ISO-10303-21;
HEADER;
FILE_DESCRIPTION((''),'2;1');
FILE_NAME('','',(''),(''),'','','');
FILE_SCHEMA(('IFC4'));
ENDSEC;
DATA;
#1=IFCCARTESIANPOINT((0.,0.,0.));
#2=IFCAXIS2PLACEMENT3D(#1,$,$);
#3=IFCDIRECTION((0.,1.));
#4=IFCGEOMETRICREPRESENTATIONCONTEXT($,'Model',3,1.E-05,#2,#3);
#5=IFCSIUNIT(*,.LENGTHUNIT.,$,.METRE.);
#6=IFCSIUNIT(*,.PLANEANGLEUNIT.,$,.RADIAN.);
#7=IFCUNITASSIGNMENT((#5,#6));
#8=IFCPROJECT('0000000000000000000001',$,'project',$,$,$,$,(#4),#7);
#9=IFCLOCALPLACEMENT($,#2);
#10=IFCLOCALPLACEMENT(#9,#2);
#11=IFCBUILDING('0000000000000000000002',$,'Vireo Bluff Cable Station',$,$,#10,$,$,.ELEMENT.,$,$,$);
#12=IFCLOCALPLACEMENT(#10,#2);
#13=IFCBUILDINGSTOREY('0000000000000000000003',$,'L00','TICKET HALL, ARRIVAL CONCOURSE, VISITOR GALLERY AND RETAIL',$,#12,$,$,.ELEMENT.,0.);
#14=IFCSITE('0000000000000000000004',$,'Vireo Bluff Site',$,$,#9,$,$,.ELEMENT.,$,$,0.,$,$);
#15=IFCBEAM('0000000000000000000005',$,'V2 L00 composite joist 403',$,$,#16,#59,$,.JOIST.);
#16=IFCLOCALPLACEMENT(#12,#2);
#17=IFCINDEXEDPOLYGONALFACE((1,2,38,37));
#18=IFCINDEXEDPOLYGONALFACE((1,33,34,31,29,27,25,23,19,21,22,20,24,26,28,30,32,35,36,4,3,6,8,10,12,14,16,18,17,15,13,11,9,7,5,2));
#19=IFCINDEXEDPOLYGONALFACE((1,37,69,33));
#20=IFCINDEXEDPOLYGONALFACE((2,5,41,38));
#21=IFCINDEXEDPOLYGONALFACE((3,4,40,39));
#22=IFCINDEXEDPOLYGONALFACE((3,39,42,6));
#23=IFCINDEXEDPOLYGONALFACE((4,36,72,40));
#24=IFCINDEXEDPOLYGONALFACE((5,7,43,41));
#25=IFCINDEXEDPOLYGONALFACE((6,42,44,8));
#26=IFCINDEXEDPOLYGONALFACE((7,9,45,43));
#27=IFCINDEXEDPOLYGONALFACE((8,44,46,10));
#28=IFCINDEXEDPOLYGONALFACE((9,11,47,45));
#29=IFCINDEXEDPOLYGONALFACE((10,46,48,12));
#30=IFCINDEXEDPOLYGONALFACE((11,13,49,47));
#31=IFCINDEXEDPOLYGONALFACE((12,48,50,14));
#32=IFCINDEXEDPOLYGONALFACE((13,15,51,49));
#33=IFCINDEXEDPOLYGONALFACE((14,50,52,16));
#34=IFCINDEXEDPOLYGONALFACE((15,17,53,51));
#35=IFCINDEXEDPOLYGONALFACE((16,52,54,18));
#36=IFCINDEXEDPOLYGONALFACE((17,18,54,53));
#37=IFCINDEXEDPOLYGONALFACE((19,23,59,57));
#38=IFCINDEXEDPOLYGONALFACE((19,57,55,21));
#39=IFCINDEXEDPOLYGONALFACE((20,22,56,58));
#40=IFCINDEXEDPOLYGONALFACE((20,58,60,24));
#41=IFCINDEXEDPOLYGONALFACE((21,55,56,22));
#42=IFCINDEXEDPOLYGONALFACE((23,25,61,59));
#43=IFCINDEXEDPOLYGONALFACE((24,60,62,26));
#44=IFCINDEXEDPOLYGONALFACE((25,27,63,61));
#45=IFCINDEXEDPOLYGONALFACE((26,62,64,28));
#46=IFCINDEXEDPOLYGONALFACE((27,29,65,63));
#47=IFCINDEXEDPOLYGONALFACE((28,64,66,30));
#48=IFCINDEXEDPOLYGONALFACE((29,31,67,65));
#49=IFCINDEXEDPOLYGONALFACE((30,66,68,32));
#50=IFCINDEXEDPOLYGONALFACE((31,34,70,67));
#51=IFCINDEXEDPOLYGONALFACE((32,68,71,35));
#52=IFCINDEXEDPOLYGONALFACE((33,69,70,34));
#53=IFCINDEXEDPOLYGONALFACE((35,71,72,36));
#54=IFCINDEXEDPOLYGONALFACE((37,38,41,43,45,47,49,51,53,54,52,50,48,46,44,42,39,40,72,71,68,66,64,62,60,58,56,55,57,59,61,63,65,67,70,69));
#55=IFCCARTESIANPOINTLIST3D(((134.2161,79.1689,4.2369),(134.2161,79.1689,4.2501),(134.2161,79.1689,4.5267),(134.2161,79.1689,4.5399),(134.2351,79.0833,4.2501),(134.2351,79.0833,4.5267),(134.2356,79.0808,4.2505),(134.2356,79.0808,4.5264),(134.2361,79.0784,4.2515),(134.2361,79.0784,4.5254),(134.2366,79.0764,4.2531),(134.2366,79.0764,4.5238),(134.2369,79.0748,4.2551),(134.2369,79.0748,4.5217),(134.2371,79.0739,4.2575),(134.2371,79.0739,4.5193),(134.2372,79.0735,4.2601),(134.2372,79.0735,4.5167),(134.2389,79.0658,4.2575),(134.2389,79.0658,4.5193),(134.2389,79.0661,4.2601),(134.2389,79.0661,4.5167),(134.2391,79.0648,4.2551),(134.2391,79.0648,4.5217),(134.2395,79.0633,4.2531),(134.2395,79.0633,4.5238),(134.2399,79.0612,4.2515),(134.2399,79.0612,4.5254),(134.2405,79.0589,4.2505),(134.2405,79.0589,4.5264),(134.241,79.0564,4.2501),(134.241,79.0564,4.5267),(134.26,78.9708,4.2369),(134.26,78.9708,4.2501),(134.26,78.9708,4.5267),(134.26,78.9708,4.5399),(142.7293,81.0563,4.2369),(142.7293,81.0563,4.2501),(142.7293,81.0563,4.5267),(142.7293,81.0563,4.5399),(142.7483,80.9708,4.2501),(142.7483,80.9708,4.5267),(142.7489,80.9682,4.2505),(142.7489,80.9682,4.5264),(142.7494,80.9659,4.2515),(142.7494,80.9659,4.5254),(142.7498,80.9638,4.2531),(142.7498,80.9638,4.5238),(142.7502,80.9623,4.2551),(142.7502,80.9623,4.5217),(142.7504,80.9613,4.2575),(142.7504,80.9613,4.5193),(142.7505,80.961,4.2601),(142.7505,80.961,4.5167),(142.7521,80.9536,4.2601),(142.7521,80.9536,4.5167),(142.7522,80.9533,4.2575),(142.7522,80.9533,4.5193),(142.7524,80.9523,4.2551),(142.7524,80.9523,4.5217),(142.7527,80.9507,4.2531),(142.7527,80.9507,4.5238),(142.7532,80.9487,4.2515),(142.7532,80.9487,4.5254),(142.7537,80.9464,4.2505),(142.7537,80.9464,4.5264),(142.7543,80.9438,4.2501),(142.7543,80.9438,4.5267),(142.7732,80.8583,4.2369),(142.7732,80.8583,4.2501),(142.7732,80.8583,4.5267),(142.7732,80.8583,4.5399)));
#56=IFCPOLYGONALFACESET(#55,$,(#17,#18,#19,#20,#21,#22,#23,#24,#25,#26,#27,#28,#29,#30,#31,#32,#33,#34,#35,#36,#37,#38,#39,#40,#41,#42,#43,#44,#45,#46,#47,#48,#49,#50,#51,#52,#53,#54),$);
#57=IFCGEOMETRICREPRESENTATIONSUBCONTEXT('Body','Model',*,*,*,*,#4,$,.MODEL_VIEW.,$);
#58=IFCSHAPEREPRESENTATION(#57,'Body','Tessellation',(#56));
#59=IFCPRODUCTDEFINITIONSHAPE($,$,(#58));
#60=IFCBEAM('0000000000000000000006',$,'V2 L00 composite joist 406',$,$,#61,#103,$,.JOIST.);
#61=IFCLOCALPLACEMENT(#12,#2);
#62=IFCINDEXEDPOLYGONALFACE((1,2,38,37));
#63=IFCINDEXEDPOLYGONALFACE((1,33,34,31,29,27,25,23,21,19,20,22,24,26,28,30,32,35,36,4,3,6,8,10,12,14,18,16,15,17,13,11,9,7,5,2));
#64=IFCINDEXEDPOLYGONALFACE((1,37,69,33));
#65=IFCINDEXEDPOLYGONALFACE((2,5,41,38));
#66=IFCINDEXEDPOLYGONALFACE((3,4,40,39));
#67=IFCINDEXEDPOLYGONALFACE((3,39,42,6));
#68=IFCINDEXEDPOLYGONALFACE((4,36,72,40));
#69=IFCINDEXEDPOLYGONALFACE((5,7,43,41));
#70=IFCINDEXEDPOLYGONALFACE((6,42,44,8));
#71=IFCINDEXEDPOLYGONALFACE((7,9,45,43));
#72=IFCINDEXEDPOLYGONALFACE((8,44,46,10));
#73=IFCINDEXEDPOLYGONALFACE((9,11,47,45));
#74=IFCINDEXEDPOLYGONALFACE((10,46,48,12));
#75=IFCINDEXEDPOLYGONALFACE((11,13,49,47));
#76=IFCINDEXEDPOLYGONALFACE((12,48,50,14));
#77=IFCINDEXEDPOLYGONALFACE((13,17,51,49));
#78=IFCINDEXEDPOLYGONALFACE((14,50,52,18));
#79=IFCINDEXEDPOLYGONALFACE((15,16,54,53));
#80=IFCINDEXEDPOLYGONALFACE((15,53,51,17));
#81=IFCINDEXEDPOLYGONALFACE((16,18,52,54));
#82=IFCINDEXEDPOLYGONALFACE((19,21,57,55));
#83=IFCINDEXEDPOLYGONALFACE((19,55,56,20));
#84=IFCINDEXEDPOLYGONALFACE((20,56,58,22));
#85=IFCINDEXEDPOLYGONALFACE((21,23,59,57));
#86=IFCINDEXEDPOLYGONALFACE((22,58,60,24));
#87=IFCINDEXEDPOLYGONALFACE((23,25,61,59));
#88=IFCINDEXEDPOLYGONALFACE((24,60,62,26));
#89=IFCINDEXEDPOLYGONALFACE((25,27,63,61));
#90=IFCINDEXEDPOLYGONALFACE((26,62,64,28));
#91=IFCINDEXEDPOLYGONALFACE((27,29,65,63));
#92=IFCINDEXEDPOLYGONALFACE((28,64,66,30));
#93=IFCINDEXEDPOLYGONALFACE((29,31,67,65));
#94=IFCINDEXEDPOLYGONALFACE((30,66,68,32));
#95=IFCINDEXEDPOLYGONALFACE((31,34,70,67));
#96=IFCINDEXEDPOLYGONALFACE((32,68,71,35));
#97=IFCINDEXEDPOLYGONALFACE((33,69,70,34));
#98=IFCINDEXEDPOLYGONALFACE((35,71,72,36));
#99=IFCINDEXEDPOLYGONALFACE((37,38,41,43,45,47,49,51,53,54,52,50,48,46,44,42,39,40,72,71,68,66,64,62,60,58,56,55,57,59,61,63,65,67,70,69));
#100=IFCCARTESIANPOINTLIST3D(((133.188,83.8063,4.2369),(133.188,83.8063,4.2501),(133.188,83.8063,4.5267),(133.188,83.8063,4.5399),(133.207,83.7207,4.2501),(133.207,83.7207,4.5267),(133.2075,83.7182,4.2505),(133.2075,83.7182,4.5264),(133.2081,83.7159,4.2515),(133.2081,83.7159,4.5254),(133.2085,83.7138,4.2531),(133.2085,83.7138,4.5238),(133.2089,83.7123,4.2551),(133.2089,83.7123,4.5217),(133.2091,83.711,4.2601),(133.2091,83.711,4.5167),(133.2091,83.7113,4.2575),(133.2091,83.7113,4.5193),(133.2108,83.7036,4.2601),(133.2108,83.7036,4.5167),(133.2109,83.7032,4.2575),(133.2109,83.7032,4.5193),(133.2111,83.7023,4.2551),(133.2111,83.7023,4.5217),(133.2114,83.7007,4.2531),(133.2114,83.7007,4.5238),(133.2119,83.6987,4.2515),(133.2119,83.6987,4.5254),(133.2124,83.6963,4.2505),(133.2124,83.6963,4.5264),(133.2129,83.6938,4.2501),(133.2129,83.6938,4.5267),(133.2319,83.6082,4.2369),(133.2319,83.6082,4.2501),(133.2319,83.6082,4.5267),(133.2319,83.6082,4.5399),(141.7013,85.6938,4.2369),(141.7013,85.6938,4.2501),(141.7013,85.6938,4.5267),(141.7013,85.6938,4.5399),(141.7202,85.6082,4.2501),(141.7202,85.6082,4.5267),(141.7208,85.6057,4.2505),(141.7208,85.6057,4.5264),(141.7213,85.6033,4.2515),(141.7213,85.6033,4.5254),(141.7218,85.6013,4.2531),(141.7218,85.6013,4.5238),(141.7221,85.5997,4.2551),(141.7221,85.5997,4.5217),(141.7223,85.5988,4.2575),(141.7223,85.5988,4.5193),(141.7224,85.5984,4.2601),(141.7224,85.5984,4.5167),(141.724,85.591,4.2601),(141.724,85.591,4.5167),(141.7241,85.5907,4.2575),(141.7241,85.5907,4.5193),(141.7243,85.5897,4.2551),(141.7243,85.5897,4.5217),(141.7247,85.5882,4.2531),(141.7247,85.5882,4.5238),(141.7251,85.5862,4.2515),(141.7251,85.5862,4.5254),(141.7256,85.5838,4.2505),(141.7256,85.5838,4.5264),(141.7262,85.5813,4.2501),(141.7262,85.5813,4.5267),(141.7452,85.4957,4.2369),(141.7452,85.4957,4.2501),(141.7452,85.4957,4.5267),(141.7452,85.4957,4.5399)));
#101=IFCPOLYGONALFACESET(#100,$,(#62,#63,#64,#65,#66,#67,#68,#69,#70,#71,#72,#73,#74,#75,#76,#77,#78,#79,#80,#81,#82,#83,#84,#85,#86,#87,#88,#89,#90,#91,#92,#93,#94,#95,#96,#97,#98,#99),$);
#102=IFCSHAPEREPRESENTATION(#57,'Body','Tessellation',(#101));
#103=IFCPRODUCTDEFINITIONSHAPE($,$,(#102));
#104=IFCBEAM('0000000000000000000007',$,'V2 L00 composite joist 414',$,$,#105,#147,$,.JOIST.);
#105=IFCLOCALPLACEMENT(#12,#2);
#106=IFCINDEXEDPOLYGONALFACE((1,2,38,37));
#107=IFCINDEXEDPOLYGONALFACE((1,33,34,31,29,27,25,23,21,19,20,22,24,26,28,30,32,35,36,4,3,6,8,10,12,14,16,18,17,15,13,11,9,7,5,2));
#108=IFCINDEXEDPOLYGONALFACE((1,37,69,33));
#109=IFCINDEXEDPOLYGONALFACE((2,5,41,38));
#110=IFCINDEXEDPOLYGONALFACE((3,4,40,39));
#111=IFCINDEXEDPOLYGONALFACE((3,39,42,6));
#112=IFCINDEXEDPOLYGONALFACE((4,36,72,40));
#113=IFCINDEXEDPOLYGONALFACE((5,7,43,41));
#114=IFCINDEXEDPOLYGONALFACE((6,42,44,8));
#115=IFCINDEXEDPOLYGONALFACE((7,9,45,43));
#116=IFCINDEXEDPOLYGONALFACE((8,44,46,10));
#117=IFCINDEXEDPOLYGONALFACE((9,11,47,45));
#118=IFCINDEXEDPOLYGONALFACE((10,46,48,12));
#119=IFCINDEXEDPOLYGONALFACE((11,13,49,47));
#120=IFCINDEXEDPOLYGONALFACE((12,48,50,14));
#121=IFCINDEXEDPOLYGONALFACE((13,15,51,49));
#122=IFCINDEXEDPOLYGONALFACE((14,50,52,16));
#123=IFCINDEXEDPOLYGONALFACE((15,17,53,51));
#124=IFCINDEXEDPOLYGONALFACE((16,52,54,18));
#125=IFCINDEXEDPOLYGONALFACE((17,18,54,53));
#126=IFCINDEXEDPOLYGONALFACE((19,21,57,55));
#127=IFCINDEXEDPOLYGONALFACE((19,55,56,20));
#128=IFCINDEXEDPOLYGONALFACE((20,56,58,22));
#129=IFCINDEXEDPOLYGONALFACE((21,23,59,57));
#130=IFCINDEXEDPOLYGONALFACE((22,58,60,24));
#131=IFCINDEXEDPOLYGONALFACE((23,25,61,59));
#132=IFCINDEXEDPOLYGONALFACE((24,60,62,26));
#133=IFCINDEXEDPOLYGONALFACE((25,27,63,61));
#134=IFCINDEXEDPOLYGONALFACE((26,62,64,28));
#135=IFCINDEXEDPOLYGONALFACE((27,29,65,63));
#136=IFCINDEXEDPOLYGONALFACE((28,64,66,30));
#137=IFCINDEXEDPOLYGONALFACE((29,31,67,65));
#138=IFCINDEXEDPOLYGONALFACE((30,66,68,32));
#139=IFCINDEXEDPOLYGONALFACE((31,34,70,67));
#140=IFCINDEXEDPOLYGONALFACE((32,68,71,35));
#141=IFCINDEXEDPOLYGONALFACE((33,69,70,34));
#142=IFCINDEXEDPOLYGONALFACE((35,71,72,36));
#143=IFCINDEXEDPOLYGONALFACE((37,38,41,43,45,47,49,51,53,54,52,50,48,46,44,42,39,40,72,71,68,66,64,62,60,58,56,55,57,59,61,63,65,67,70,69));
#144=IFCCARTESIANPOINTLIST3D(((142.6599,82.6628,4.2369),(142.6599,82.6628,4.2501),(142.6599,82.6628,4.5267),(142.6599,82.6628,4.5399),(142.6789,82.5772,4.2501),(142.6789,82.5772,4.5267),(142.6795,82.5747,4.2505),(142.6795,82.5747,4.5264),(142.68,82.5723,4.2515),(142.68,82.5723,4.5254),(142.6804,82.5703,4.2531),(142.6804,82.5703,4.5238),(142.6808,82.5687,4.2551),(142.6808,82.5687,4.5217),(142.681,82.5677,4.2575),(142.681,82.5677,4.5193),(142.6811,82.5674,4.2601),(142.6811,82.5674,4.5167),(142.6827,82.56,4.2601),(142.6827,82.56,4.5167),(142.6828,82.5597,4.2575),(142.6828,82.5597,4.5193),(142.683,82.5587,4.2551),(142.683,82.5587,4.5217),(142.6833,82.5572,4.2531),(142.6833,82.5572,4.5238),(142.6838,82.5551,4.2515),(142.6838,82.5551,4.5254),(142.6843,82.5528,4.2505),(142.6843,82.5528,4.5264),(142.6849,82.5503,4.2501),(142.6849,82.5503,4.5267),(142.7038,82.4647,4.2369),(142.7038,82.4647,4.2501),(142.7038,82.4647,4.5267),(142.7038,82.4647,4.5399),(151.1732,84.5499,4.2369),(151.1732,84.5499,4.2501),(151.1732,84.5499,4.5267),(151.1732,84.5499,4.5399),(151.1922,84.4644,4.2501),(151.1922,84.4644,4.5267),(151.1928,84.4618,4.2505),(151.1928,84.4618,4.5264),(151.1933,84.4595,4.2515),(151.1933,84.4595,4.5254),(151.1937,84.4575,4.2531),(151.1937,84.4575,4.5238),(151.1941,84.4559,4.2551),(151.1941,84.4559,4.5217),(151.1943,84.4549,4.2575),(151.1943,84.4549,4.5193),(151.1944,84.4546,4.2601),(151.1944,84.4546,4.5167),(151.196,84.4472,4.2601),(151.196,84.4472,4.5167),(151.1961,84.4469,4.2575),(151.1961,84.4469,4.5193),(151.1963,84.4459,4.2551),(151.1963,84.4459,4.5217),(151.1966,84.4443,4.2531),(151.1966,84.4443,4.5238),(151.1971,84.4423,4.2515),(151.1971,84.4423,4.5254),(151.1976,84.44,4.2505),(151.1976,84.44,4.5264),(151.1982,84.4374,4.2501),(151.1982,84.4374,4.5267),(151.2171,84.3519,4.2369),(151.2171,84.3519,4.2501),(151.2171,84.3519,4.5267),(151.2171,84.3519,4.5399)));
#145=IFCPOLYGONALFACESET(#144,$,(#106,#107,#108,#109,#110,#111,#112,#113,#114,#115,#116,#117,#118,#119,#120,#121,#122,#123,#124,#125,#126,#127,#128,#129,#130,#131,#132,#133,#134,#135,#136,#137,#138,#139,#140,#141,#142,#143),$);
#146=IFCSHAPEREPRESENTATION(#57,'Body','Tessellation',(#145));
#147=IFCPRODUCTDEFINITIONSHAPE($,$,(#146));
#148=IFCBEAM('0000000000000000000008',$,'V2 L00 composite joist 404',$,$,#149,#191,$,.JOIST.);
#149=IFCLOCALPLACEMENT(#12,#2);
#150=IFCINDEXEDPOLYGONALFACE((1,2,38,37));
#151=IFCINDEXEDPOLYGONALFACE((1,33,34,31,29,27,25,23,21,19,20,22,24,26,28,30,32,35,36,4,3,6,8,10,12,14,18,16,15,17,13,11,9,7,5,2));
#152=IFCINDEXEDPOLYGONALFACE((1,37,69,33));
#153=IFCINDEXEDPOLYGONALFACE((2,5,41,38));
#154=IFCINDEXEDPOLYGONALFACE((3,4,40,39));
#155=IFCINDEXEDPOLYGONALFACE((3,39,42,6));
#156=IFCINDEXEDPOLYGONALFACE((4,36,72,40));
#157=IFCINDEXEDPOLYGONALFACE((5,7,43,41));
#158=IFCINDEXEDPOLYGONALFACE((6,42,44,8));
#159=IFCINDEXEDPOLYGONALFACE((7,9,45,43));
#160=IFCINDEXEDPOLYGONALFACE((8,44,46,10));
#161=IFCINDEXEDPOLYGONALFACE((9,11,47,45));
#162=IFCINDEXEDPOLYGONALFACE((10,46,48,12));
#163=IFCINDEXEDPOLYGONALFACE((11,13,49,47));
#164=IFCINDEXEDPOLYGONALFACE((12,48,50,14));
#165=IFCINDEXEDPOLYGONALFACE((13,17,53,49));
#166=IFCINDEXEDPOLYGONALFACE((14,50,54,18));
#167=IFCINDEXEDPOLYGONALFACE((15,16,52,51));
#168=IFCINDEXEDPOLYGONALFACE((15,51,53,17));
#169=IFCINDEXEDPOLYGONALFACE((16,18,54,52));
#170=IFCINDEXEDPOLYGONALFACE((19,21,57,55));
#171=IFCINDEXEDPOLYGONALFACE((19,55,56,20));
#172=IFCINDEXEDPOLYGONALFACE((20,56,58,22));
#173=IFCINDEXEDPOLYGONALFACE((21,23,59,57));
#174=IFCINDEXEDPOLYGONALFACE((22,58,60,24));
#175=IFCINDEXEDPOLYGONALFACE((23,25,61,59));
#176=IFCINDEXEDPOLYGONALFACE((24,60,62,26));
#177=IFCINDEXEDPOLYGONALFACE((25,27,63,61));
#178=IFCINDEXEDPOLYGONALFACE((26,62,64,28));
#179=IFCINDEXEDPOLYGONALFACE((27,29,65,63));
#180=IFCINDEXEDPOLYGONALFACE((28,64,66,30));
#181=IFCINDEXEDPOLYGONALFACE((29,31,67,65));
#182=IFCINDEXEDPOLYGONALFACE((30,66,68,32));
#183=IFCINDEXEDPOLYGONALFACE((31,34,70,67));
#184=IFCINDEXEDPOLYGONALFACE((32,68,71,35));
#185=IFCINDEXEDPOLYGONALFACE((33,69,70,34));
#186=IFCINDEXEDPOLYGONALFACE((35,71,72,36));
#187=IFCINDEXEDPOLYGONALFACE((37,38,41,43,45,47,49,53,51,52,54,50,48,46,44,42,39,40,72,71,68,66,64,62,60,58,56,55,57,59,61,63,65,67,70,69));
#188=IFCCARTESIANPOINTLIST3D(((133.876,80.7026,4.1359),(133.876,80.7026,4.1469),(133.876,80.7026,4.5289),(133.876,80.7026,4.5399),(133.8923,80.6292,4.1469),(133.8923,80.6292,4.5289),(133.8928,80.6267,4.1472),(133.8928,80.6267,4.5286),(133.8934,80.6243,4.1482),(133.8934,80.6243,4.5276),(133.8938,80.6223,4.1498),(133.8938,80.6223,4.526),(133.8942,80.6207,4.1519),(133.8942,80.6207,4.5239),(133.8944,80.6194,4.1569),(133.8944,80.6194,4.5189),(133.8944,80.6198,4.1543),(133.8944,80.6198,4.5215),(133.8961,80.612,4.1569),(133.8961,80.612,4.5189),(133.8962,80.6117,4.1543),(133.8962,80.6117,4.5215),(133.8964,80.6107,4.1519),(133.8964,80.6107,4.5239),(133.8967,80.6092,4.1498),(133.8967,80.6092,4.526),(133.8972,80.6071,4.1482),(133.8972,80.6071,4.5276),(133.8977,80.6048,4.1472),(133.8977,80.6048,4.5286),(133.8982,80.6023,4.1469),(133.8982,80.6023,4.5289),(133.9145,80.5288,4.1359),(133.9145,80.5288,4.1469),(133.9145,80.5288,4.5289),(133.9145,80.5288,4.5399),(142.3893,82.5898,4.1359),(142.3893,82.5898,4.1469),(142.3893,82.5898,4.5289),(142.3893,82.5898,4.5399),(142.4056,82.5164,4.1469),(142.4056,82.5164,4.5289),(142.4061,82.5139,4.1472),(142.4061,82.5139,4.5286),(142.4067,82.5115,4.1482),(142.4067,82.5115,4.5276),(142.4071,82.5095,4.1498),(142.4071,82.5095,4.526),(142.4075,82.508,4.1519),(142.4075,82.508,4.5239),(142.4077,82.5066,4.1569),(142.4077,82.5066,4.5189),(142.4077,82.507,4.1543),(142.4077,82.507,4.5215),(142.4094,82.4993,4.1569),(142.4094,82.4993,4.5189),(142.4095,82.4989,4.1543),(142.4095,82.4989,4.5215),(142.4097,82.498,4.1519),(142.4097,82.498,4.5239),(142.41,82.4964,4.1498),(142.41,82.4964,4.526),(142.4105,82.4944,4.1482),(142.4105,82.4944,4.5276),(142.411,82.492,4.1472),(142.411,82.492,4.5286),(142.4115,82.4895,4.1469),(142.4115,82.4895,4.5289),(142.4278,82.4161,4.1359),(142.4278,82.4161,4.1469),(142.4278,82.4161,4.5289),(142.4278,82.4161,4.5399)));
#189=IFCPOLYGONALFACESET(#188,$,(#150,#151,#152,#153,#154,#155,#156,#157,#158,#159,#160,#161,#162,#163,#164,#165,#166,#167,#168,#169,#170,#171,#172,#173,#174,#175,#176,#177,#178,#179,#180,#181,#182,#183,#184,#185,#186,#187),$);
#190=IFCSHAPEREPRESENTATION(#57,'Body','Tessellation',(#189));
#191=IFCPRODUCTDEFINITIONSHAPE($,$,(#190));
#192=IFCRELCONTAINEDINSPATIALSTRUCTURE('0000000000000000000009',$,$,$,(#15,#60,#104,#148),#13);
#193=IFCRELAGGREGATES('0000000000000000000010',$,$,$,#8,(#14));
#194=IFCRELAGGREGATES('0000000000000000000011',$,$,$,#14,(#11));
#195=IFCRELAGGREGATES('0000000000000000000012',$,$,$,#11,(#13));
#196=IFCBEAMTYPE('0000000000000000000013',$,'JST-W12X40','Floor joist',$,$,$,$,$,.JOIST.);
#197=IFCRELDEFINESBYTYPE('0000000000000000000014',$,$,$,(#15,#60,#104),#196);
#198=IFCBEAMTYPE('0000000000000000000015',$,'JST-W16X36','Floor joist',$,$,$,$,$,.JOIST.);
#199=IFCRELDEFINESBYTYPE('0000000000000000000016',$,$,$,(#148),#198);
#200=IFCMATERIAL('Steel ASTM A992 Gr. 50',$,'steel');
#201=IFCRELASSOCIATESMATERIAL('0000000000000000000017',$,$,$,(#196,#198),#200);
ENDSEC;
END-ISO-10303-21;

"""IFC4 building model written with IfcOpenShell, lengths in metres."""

from ifc_helpers import new_model, si_unit, direction, frame, origin, origin_2d, place, context, subcontext, project, spatial, i_section, extrude, material, material_profile, profile_set, type_object, element, save


model = new_model("IFC4")

# Units and contexts
model_context = context("Model", 3, precision=1e-05, world=origin(), true_north=direction((0.0, 1.0)))
body_context = subcontext(model_context, "Body", "Model", "MODEL_VIEW")
ifc_project = project(units=[si_unit("LENGTHUNIT", "METRE"), si_unit("PLANEANGLEUNIT", "RADIAN")], contexts=[model_context])

# Site, building, storey
site_placement = place(None, origin())
site = spatial("IfcSite", under=ifc_project, at=site_placement, Name="Vireo Bluff Site", CompositionType="ELEMENT", RefElevation=0.0)
building_placement = place(site_placement, origin())
building = spatial("IfcBuilding", under=site, at=building_placement, Name="Vireo Bluff Cable Station", CompositionType="ELEMENT")
storey_placement = place(building_placement, origin())
storey = spatial("IfcBuildingStorey", under=building, at=storey_placement, Name="L00", Description="TICKET HALL, ARRIVAL CONCOURSE, VISITOR GALLERY AND RETAIL", CompositionType="ELEMENT", Elevation=0.0)

# Shared definitions
ifc_material_1 = material(Name="Steel ASTM A992 Gr. 50", Category="steel")

# Beams
ifc_material_profile_1 = material_profile(ifc_material_1, i_section(OverallWidth=0.2029, OverallDepth=0.303, WebThickness=0.0076, FlangeThickness=0.0132, FilletRadius=0.01, at=origin_2d()), Name="W12X40")
ifc_profile_set_1 = profile_set([ifc_material_profile_1], Name="Steel ASTM A992 Gr. 50")
beam_type_1 = type_object("IfcBeamType", Name="JST-W12X40", Description="Floor joist", PredefinedType="JOIST", material=ifc_profile_set_1)
for number, where, z_axis, x_axis, name in (
    (1, (134.238, 79.0698, 4.3884), (0.976293, 0.216453, 0.0), (-0.216453, 0.976293, 0.0), "V2 L00 composite joist 403"),
    (2, (133.21, 83.7073, 4.3884), (0.976293, 0.216453, 0.0), (-0.216453, 0.976293, 0.0), "V2 L00 composite joist 406"),
    (3, (142.6819, 82.5637, 4.3884), (0.9763, 0.216421, 0.0), (-0.216421, 0.9763, 0.0), "V2 L00 composite joist 414"),
):
    element("IfcBeam", number, at=place(storey_placement, frame(where, z_axis=z_axis, x_axis=x_axis)), inside=storey, type_object=beam_type_1, Name=name, PredefinedType="JOIST", context=body_context, shape_type="SweptSolid", body=[
        extrude(i_section(OverallWidth=0.2029, OverallDepth=0.303, WebThickness=0.0076, FlangeThickness=0.0132, FilletRadius=0.01, at=origin_2d()), origin(), (0.0, 0.0, 1.0), 8.72),
    ])
ifc_material_profile_2 = material_profile(ifc_material_1, i_section(OverallWidth=0.178, OverallDepth=0.4041, WebThickness=0.0076, FlangeThickness=0.011, FilletRadius=0.01, at=origin_2d()), Name="W16X36")
ifc_profile_set_2 = profile_set([ifc_material_profile_2], Name="Steel ASTM A992 Gr. 50")
beam_type_2 = type_object("IfcBeamType", Name="JST-W16X36", Description="Floor joist", PredefinedType="JOIST", material=ifc_profile_set_2)
for number, where, z_axis, x_axis, name in (
    (4, (133.8953, 80.6157, 4.3379), (0.976299, 0.216426, 0.0), (-0.216426, 0.976299, 0.0), "V2 L00 composite joist 404"),
):
    element("IfcBeam", number, at=place(storey_placement, frame(where, z_axis=z_axis, x_axis=x_axis)), inside=storey, type_object=beam_type_2, Name=name, PredefinedType="JOIST", context=body_context, shape_type="SweptSolid", body=[
        extrude(i_section(OverallWidth=0.178, OverallDepth=0.4041, WebThickness=0.0076, FlangeThickness=0.011, FilletRadius=0.01, at=origin_2d()), origin(), (0.0, 0.0, 1.0), 8.72),
    ])

save(model, "model.ifc")
